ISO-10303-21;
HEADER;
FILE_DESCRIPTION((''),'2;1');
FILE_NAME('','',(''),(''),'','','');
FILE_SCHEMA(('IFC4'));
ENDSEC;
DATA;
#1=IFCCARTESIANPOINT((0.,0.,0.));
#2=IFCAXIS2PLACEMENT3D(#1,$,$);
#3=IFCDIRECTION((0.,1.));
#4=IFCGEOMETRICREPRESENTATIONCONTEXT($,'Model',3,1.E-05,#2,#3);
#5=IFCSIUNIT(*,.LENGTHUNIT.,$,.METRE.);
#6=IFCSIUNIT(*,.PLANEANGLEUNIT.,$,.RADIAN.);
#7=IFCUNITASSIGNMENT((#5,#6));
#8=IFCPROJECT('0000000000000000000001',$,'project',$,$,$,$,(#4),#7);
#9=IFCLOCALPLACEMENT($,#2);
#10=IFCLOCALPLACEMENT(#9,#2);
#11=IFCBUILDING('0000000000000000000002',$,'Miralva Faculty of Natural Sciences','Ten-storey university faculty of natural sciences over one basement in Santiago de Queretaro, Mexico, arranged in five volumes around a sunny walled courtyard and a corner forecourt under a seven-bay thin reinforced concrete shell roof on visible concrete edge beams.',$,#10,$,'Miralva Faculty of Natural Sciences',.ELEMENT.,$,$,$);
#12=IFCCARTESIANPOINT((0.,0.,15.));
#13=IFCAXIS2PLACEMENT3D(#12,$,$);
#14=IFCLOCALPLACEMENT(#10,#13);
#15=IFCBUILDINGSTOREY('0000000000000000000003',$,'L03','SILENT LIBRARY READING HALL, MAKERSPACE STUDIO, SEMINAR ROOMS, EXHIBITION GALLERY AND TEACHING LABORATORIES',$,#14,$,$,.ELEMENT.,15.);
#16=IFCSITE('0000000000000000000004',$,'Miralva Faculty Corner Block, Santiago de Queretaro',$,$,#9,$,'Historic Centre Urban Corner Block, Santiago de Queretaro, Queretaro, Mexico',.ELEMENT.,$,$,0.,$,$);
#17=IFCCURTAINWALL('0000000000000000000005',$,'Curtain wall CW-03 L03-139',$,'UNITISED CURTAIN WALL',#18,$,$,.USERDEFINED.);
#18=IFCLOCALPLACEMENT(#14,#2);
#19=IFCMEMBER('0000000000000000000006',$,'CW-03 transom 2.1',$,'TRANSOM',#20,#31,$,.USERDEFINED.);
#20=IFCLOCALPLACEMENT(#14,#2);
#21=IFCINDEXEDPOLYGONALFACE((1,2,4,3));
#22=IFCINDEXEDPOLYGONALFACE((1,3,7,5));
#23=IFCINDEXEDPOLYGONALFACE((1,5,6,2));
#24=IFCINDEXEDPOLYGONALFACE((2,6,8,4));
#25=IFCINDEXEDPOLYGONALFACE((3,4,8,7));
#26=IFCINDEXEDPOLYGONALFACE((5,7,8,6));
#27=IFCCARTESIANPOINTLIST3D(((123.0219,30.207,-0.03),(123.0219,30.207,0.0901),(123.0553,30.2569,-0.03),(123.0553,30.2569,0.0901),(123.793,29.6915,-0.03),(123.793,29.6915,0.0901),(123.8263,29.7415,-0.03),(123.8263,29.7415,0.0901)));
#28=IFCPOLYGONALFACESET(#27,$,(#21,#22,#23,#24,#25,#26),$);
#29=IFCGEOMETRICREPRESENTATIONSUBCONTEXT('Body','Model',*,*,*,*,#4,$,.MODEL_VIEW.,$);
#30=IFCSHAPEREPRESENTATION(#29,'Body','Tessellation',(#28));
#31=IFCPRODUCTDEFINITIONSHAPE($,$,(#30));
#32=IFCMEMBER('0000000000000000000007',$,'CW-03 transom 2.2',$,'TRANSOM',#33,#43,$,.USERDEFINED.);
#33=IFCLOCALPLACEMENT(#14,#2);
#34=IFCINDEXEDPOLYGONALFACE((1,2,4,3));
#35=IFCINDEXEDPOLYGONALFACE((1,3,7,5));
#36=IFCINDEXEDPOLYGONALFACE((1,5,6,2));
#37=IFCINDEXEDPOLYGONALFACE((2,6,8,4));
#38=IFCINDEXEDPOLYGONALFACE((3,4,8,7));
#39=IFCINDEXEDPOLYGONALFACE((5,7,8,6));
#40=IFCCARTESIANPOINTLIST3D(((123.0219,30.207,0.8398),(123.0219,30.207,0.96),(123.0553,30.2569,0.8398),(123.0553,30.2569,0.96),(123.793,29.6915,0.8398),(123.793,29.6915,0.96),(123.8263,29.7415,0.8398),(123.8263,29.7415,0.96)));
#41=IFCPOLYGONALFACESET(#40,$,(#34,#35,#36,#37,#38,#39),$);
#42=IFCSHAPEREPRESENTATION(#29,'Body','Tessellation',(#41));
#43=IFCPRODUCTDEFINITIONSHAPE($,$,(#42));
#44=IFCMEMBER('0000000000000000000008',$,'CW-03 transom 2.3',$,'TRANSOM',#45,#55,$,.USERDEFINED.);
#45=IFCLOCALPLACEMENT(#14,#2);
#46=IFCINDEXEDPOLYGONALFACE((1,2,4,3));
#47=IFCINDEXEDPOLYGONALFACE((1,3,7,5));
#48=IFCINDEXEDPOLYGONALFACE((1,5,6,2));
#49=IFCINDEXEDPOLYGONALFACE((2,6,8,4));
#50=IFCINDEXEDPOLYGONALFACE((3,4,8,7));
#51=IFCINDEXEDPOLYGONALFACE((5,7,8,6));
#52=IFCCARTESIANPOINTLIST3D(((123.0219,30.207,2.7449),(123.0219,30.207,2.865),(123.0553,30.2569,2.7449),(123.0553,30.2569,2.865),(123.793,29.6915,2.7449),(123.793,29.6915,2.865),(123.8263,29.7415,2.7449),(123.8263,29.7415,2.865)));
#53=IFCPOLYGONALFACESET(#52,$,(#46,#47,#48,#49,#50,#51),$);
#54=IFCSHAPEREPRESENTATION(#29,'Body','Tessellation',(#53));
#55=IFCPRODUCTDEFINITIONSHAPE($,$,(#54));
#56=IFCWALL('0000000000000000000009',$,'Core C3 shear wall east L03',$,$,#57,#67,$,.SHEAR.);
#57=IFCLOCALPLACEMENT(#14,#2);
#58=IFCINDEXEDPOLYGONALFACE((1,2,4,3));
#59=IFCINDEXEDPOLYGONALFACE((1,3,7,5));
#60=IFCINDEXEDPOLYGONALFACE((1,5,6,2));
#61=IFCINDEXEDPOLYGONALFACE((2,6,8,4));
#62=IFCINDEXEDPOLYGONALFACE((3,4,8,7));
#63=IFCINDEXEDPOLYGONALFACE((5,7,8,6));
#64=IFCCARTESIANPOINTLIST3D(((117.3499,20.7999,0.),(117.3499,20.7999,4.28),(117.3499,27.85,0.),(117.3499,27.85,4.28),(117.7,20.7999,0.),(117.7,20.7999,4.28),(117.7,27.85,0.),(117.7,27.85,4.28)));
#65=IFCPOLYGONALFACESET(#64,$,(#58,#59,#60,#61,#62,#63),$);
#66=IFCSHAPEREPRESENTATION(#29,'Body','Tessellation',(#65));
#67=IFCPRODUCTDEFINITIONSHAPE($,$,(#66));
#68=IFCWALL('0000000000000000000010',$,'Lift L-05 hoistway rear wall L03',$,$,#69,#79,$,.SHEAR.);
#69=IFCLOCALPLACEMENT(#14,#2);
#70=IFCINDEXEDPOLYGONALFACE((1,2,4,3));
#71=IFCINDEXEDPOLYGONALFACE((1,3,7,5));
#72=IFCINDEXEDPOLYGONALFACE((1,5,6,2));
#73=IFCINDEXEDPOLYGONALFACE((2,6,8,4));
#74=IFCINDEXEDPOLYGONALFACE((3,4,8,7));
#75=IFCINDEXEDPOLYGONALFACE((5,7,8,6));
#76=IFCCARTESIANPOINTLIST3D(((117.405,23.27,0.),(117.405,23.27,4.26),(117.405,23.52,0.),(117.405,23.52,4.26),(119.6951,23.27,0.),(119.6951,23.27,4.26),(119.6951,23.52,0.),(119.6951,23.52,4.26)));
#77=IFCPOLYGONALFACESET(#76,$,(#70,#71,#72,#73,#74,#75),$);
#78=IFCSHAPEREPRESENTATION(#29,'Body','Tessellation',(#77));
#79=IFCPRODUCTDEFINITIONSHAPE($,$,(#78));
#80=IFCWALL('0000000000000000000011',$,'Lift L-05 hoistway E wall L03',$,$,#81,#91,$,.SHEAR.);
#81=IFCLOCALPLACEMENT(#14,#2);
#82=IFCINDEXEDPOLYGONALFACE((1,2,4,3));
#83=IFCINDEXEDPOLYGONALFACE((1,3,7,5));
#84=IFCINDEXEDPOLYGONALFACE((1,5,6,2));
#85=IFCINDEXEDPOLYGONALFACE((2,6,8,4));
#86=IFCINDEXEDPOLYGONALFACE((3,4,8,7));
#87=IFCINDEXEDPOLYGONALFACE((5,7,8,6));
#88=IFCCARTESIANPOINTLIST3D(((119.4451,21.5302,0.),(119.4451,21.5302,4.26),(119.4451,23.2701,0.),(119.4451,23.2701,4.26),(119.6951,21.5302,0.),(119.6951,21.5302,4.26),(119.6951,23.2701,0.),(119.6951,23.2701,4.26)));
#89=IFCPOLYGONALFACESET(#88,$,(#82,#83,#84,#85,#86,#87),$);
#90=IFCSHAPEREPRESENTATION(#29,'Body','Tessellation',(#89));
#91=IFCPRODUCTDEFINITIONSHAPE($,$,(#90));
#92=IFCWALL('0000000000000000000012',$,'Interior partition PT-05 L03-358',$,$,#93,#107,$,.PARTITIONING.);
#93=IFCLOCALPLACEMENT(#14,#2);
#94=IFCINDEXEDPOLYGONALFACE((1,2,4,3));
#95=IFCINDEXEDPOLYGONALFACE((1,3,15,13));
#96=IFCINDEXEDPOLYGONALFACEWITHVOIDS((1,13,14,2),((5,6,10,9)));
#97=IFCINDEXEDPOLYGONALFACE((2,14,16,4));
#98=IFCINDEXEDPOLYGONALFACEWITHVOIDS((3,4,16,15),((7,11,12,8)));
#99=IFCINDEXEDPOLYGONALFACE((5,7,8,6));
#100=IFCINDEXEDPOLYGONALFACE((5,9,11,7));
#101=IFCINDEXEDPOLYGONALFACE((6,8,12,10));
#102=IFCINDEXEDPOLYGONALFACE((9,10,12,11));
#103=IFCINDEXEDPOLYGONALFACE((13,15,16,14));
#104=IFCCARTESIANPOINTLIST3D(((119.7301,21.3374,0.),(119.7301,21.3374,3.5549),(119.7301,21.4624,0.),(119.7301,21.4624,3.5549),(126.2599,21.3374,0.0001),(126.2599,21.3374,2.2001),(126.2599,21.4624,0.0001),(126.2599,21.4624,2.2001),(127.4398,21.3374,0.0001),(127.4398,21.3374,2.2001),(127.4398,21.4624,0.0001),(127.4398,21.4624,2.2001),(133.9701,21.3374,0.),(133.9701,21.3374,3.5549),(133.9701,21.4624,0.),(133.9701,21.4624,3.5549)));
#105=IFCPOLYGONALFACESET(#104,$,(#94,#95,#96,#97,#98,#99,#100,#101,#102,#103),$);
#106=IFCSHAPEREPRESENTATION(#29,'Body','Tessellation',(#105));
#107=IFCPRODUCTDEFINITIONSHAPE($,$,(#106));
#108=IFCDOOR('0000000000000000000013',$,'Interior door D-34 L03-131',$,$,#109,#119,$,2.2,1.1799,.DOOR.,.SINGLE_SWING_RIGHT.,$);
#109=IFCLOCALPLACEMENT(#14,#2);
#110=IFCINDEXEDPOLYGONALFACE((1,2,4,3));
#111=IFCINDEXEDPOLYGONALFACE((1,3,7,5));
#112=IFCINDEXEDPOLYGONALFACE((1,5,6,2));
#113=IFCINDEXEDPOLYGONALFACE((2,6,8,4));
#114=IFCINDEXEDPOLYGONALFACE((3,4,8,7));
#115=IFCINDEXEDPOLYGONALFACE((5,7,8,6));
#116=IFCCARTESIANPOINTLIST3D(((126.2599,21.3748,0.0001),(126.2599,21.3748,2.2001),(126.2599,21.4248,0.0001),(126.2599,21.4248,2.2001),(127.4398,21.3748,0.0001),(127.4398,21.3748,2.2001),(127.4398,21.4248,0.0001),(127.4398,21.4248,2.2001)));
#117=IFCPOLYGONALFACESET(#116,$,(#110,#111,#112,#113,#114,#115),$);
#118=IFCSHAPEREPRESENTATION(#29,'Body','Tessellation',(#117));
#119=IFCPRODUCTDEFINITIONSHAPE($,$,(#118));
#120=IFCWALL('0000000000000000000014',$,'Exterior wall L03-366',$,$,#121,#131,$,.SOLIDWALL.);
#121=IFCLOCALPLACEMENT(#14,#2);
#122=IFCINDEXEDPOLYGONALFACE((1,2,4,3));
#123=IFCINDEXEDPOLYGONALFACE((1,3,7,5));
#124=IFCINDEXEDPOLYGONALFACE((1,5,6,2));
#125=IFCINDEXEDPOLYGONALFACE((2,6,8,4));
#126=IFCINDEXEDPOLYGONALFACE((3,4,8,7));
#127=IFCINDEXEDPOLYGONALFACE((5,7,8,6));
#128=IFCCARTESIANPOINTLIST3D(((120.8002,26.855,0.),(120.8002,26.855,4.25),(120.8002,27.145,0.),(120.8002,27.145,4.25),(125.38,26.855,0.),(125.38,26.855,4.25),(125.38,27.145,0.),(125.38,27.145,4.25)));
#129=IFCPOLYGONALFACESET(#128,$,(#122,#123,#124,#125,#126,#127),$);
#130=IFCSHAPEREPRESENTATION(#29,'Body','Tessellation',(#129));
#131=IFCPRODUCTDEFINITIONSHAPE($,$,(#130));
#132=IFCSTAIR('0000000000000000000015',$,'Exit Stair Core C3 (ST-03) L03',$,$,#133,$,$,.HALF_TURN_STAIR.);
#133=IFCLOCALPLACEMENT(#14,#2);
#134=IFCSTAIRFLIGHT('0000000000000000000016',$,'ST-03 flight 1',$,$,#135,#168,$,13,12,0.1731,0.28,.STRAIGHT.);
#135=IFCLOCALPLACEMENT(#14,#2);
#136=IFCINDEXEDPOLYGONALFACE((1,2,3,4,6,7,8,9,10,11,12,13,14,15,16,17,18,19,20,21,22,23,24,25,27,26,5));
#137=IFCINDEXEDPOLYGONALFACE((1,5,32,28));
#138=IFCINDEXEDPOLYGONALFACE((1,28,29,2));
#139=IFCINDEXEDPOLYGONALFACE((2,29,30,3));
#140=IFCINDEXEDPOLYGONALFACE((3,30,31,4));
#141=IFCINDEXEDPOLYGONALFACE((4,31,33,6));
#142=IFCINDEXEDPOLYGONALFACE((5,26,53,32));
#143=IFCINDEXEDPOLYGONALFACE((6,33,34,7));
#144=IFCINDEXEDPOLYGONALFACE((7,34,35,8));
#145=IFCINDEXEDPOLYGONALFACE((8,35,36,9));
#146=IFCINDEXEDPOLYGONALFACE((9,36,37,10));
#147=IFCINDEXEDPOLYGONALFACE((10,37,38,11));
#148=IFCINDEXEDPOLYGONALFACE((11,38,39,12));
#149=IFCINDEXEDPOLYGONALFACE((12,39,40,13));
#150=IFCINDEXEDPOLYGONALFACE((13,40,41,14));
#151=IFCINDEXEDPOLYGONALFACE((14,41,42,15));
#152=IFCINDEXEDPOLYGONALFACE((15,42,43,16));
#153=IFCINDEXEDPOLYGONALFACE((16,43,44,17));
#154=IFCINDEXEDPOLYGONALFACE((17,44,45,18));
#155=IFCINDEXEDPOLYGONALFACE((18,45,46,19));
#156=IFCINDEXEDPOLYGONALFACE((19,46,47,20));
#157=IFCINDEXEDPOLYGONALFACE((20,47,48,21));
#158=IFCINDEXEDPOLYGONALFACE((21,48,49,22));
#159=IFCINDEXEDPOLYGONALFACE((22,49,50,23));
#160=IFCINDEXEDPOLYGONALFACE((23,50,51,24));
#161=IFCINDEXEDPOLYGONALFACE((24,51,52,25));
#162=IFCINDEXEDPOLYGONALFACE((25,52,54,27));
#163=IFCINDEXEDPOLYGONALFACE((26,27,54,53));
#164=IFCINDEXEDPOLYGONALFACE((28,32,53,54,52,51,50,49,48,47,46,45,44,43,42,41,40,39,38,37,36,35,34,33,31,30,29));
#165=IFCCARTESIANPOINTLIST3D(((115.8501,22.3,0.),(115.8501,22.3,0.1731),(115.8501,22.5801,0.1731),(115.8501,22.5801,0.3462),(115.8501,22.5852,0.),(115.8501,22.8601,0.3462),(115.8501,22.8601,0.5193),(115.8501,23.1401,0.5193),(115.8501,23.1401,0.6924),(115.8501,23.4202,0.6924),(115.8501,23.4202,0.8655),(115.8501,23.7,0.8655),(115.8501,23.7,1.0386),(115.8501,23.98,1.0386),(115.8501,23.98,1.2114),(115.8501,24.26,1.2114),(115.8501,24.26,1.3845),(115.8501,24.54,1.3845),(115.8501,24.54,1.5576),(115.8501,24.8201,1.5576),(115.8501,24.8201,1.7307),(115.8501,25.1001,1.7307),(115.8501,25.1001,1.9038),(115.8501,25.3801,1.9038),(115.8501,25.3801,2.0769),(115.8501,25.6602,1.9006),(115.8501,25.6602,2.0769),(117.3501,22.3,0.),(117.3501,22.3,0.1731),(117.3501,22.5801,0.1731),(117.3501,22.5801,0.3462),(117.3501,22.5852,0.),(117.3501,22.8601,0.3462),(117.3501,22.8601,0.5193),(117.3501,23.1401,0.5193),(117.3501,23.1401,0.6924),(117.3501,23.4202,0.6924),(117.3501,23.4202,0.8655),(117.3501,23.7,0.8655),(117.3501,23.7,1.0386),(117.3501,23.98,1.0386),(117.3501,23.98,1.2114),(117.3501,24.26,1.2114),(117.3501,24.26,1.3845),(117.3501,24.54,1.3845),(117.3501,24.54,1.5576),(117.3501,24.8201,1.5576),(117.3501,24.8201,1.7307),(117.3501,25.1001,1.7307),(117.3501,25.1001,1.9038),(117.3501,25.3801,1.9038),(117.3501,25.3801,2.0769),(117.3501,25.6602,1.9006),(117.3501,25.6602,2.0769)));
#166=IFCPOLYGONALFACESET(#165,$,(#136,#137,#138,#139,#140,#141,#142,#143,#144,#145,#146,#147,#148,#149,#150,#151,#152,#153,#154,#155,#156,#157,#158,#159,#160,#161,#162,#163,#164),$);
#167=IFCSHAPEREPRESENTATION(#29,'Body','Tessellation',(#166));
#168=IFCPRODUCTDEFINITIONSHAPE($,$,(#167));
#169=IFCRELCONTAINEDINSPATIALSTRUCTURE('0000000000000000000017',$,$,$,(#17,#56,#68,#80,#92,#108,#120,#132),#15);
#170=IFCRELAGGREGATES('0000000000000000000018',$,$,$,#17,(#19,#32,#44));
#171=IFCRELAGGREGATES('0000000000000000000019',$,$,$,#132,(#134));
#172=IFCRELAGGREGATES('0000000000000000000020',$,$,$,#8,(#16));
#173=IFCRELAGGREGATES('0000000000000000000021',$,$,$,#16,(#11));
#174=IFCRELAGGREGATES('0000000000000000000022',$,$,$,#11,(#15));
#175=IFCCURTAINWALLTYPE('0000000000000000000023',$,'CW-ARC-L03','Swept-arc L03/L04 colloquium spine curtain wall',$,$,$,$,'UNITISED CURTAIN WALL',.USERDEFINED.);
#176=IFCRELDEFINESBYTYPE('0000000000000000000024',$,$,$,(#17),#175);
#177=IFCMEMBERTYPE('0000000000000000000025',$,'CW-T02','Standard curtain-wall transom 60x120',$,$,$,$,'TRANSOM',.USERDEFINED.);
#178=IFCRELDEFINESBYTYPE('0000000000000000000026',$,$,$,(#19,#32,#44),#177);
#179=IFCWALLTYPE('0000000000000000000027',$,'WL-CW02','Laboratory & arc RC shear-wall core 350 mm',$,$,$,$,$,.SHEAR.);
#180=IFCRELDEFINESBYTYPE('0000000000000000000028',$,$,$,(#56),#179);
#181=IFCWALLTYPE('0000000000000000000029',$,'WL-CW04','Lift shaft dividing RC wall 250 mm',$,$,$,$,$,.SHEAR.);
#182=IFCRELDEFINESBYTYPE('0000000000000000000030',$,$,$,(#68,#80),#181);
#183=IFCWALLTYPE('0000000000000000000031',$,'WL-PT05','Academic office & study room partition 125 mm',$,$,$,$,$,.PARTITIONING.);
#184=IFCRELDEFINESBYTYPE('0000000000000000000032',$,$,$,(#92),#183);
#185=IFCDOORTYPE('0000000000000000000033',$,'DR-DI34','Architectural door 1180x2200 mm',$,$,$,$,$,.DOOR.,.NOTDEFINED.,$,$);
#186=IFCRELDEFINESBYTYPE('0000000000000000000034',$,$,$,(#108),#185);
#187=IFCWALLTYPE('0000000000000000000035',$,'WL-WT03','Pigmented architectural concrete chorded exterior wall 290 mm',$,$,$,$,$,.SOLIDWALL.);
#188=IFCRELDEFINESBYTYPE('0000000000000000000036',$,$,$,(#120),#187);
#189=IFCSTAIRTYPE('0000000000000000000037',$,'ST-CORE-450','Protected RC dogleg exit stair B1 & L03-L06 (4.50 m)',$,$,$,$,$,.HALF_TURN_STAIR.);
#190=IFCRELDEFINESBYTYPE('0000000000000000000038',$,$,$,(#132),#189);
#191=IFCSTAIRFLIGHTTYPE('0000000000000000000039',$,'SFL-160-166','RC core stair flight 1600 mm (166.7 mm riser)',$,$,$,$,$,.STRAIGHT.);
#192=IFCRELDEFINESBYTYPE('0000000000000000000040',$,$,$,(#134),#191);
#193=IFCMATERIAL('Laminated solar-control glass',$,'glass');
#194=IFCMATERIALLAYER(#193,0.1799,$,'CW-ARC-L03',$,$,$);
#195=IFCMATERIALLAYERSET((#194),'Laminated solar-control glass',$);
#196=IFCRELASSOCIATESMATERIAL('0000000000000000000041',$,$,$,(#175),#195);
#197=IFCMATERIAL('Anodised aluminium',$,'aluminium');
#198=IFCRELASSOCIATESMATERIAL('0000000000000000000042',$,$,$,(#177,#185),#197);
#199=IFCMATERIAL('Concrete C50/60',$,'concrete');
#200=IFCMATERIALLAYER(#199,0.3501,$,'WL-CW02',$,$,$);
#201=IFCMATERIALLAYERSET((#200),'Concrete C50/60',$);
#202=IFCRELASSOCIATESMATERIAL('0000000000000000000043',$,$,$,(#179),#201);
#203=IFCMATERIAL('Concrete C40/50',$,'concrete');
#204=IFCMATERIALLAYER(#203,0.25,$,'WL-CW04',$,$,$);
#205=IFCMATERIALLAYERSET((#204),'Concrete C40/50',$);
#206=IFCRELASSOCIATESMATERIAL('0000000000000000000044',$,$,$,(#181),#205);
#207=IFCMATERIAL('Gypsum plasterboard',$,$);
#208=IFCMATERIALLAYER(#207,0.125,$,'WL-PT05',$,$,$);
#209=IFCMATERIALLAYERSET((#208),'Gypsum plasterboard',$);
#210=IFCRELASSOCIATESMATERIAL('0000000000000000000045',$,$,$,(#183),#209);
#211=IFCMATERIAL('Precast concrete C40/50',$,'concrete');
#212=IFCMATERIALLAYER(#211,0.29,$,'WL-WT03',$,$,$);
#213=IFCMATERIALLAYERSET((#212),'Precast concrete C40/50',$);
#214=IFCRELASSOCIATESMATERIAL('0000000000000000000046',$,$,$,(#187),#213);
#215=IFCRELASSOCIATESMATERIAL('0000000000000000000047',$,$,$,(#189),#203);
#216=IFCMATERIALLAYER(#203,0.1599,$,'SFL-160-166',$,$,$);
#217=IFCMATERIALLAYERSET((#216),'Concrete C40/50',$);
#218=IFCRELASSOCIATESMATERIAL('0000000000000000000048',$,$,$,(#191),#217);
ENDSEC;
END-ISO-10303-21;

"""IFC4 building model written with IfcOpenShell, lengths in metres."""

from ifc_helpers import new_model, si_unit, direction, frame, frame_2d, origin, origin_2d, place, context, subcontext, project, spatial, polyline, rectangle, outline, extrude, material, layer, layer_set, material_profile, profile_set, type_object, element, fill, aggregate, save


model = new_model("IFC4")

# Units and contexts
model_context = context("Model", 3, precision=1e-05, world=origin(), true_north=direction((0.0, 1.0)))
body_context = subcontext(model_context, "Body", "Model", "MODEL_VIEW")
ifc_project = project(units=[si_unit("LENGTHUNIT", "METRE"), si_unit("PLANEANGLEUNIT", "RADIAN")], contexts=[model_context])

# Site, building, storey
site_placement = place(None, origin())
site = spatial("IfcSite", under=ifc_project, at=site_placement, Name="Miralva Faculty Corner Block, Santiago de Queretaro", LongName="Historic Centre Urban Corner Block, Santiago de Queretaro, Queretaro, Mexico", CompositionType="ELEMENT", RefElevation=0.0)
building_placement = place(site_placement, origin())
building = spatial("IfcBuilding", under=site, at=building_placement, Name="Miralva Faculty of Natural Sciences", Description="Ten-storey university faculty of natural sciences over one basement in Santiago de Queretaro, Mexico, arranged in five volumes around a sunny walled courtyard and a corner forecourt under a seven-bay thin reinforced concrete shell roof on visible concrete edge beams.", LongName="Miralva Faculty of Natural Sciences", CompositionType="ELEMENT")
storey_placement = place(building_placement, frame((0.0, 0.0, 15.0)))
storey = spatial("IfcBuildingStorey", under=building, at=storey_placement, Name="L03", Description="SILENT LIBRARY READING HALL, MAKERSPACE STUDIO, SEMINAR ROOMS, EXHIBITION GALLERY AND TEACHING LABORATORIES", CompositionType="ELEMENT", Elevation=15.0)

# Curtain wall, members
ifc_material_1 = material(Name="Laminated solar-control glass", Category="glass")
ifc_layer_1 = layer(ifc_material_1, 0.1799, Name="CW-ARC-L03")
ifc_layer_set_1 = layer_set([ifc_layer_1], Name="Laminated solar-control glass")
curtain_wall_type = type_object("IfcCurtainWallType", Name="CW-ARC-L03", Description="Swept-arc L03/L04 colloquium spine curtain wall", ElementType="UNITISED CURTAIN WALL", PredefinedType="USERDEFINED", material=ifc_layer_set_1)
curtain_wall_placement = place(storey_placement, origin())
curtain_wall = element("IfcCurtainWall", 1, at=curtain_wall_placement, inside=storey, type_object=curtain_wall_type, Name="Curtain wall CW-03 L03-139", ObjectType="UNITISED CURTAIN WALL", PredefinedType="USERDEFINED")
ifc_material_2 = material(Name="Anodised aluminium", Category="aluminium")
ifc_material_profile = material_profile(ifc_material_2, rectangle(XDim=0.0601, YDim=0.1201, at=origin_2d()), Name="TRANSOM 60x120")
ifc_profile_set = profile_set([ifc_material_profile], Name="Anodised aluminium")
member_type = type_object("IfcMemberType", Name="CW-T02", Description="Standard curtain-wall transom 60x120", ElementType="TRANSOM", PredefinedType="USERDEFINED", material=ifc_profile_set)
member_1_placement = place(storey_placement, frame((123.0386, 30.2319, 0.03), z_axis=(0.831361, -0.555733, 0.0), x_axis=(0.555733, 0.831361, 0.0)))
member_1 = element("IfcMember", 2, at=member_1_placement, type_object=member_type, Name="CW-03 transom 2.1", ObjectType="TRANSOM", PredefinedType="USERDEFINED", context=body_context, shape_type="SweptSolid", body=[
    extrude(rectangle(XDim=0.0601, YDim=0.1201, at=origin_2d()), origin(), (0.0, 0.0, 1.0), 0.9275),
])
member_2_placement = place(storey_placement, frame((123.0386, 30.2319, 0.8999), z_axis=(0.831361, -0.555733, 0.0), x_axis=(0.555733, 0.831361, 0.0)))
member_2 = element("IfcMember", 3, at=member_2_placement, type_object=member_type, Name="CW-03 transom 2.2", ObjectType="TRANSOM", PredefinedType="USERDEFINED", context=body_context, shape_type="SweptSolid", body=[
    extrude(rectangle(XDim=0.0601, YDim=0.1201, at=origin_2d()), origin(), (0.0, 0.0, 1.0), 0.9275),
])
member_3_placement = place(storey_placement, frame((123.0386, 30.2319, 2.8049), z_axis=(0.831361, -0.555733, 0.0), x_axis=(0.555733, 0.831361, 0.0)))
member_3 = element("IfcMember", 4, at=member_3_placement, type_object=member_type, Name="CW-03 transom 2.3", ObjectType="TRANSOM", PredefinedType="USERDEFINED", context=body_context, shape_type="SweptSolid", body=[
    extrude(rectangle(XDim=0.0601, YDim=0.1201, at=origin_2d()), origin(), (0.0, 0.0, 1.0), 0.9275),
])
aggregate(curtain_wall, [member_1, member_2, member_3])

# Wall
ifc_material_3 = material(Name="Concrete C50/60", Category="concrete")
ifc_layer_2 = layer(ifc_material_3, 0.3501, Name="WL-CW02")
ifc_layer_set_2 = layer_set([ifc_layer_2], Name="Concrete C50/60")
wall_type_1 = type_object("IfcWallType", Name="WL-CW02", Description="Laboratory & arc RC shear-wall core 350 mm", PredefinedType="SHEAR", material=ifc_layer_set_2)
wall_1_placement = place(storey_placement, frame((117.5249, 20.8, 0.0), z_axis=(0.0, 0.0, 1.0), x_axis=(0.0, 1.0, 0.0)))
element("IfcWall", 5, at=wall_1_placement, inside=storey, type_object=wall_type_1, Name="Core C3 shear wall east L03", PredefinedType="SHEAR", context=body_context, shape_type="SweptSolid", body=[
    extrude(rectangle(XDim=7.05, YDim=0.3501, at=frame_2d((3.5249, 0.0))), origin(), (0.0, 0.0, 1.0), 4.28),
])

# Shared definitions
ifc_material_4 = material(Name="Concrete C40/50", Category="concrete")
ifc_layer_3 = layer(ifc_material_4, 0.25, Name="WL-CW04")
ifc_layer_set_3 = layer_set([ifc_layer_3], Name="Concrete C40/50")
wall_type_2 = type_object("IfcWallType", Name="WL-CW04", Description="Lift shaft dividing RC wall 250 mm", PredefinedType="SHEAR", material=ifc_layer_set_3)

# Walls
wall_2_placement = place(storey_placement, frame((117.405, 23.395, 0.0), z_axis=(0.0, 0.0, 1.0), x_axis=(1.0, 0.0, 0.0)))
element("IfcWall", 6, at=wall_2_placement, inside=storey, type_object=wall_type_2, Name="Lift L-05 hoistway rear wall L03", PredefinedType="SHEAR", context=body_context, shape_type="SweptSolid", body=[
    extrude(rectangle(XDim=2.29, YDim=0.25, at=frame_2d((1.145, 0.0))), origin(), (0.0, 0.0, 1.0), 4.26),
])
wall_3_placement = place(storey_placement, frame((119.5701, 21.53, 0.0), z_axis=(0.0, 0.0, 1.0), x_axis=(0.0, 1.0, 0.0)))
element("IfcWall", 7, at=wall_3_placement, inside=storey, type_object=wall_type_2, Name="Lift L-05 hoistway E wall L03", PredefinedType="SHEAR", context=body_context, shape_type="SweptSolid", body=[
    extrude(rectangle(XDim=1.74, YDim=0.25, at=frame_2d((0.8701, 0.0))), origin(), (0.0, 0.0, 1.0), 4.26),
])

# Wall, opening, door
ifc_material_5 = material(Name="Gypsum plasterboard")
ifc_layer_4 = layer(ifc_material_5, 0.125, Name="WL-PT05")
ifc_layer_set_4 = layer_set([ifc_layer_4], Name="Gypsum plasterboard")
wall_type_3 = type_object("IfcWallType", Name="WL-PT05", Description="Academic office & study room partition 125 mm", PredefinedType="PARTITIONING", material=ifc_layer_set_4)
wall_4_placement = place(storey_placement, frame((119.73, 21.3999, 0.0), z_axis=(0.0, 0.0, 1.0), x_axis=(1.0, 0.0, 0.0)))
wall_4 = element("IfcWall", 8, at=wall_4_placement, inside=storey, type_object=wall_type_3, Name="Interior partition PT-05 L03-358", PredefinedType="PARTITIONING", context=body_context, shape_type="SweptSolid", body=[
    extrude(rectangle(XDim=14.24, YDim=0.125, at=frame_2d((7.1201, 0.0))), origin(), (0.0, 0.0, 1.0), 3.5549),
])
opening_1_placement = place(wall_4_placement, frame((6.53, 0.0, 0.0)))
opening_1 = element("IfcOpeningElement", 9, at=opening_1_placement, cuts=wall_4, PredefinedType="OPENING", context=body_context, shape_type="SweptSolid", body=[
    extrude(rectangle(XDim=1.1799, YDim=2.2, at=frame_2d((0.5898, 1.1001))), frame((0.0, 0.0725, 0.0), z_axis=(0.0, -1.0, 0.0), x_axis=(1.0, 0.0, 0.0)), (0.0, 0.0, 1.0), 0.145),
])
door_type_1 = type_object("IfcDoorType", Name="DR-DI34", Description="Architectural door 1180x2200 mm", OperationType="NOTDEFINED", PredefinedType="DOOR", material=ifc_material_2)
door_1_placement = place(opening_1_placement, origin())
door_1 = element("IfcDoor", 10, at=door_1_placement, inside=storey, type_object=door_type_1, Name="Interior door D-34 L03-131", OperationType="SINGLE_SWING_RIGHT", OverallHeight=2.2, OverallWidth=1.1799, PredefinedType="DOOR", context=body_context, shape_type="SweptSolid", body=[
    extrude(rectangle(XDim=1.1799, YDim=2.2, at=frame_2d((0.5898, 1.1001))), frame((0.0, 0.0249, 0.0), z_axis=(0.0, -1.0, 0.0), x_axis=(1.0, 0.0, 0.0)), (0.0, 0.0, 1.0), 0.05),
])
fill(opening_1, door_1)

# Wall
ifc_material_6 = material(Name="Precast concrete C40/50", Category="concrete")
ifc_layer_5 = layer(ifc_material_6, 0.29, Name="WL-WT03")
ifc_layer_set_5 = layer_set([ifc_layer_5], Name="Precast concrete C40/50")
wall_type_4 = type_object("IfcWallType", Name="WL-WT03", Description="Pigmented architectural concrete chorded exterior wall 290 mm", PredefinedType="SOLIDWALL", material=ifc_layer_set_5)
wall_5_placement = place(storey_placement, frame((120.8, 27.0, 0.0), z_axis=(0.0, 0.0, 1.0), x_axis=(1.0, 0.0, 0.0)))
element("IfcWall", 11, at=wall_5_placement, inside=storey, type_object=wall_type_4, Name="Exterior wall L03-366", PredefinedType="SOLIDWALL", context=body_context, shape_type="SweptSolid", body=[
    extrude(rectangle(XDim=4.5798, YDim=0.29, at=frame_2d((2.29, 0.0))), origin(), (0.0, 0.0, 1.0), 4.25),
])

# Stair, stair flight
stair_type = type_object("IfcStairType", Name="ST-CORE-450", Description="Protected RC dogleg exit stair B1 & L03-L06 (4.50 m)", PredefinedType="HALF_TURN_STAIR", material=ifc_material_4)
stair_placement = place(storey_placement, origin())
stair = element("IfcStair", 12, at=stair_placement, inside=storey, type_object=stair_type, Name="Exit Stair Core C3 (ST-03) L03", PredefinedType="HALF_TURN_STAIR")
ifc_layer_6 = layer(ifc_material_4, 0.1599, Name="SFL-160-166")
ifc_layer_set_6 = layer_set([ifc_layer_6], Name="Concrete C40/50")
stair_flight_type = type_object("IfcStairFlightType", Name="SFL-160-166", Description="RC core stair flight 1600 mm (166.7 mm riser)", PredefinedType="STRAIGHT", material=ifc_layer_set_6)
stair_flight_1_placement = place(storey_placement, frame((116.6001, 22.3, 0.0), z_axis=(0.0, 0.0, 1.0), x_axis=(0.0, 1.0, 0.0)))
stair_flight_1 = element("IfcStairFlight", 13, at=stair_flight_1_placement, type_object=stair_flight_type, Name="ST-03 flight 1", NumberOfRisers=13, NumberOfTreads=12, PredefinedType="STRAIGHT", RiserHeight=0.1731, TreadLength=0.28, context=body_context, shape_type="SweptSolid", body=[
    extrude(outline(polyline([(0.0, 0.0), (0.0, 0.1731), (0.28, 0.1731), (0.28, 0.3462), (0.5601, 0.3462), (0.5601, 0.5193), (0.8401, 0.5193), (0.8401, 0.6924), (1.1201, 0.6924), (1.1201, 0.8655), (1.3999, 0.8655), (1.3999, 1.0386), (1.6799, 1.0386), (1.6799, 1.2114), (1.96, 1.2114), (1.96, 1.3845), (2.24, 1.3845), (2.24, 1.5576), (2.52, 1.5576), (2.52, 1.7307), (2.8, 1.7307), (2.8, 1.9038), (3.0801, 1.9038), (3.0801, 2.0769), (3.3601, 2.0769), (3.3601, 2.25), (3.3601, 1.9006), (0.2852, 0.0), (0.0, 0.0)])), frame((0.0, 0.75, 0.0), z_axis=(0.0, -1.0, 0.0), x_axis=(1.0, 0.0, 0.0)), (0.0, 0.0, 1.0), 1.5),
])
aggregate(stair, [stair_flight_1])

save(model, "model.ifc")
